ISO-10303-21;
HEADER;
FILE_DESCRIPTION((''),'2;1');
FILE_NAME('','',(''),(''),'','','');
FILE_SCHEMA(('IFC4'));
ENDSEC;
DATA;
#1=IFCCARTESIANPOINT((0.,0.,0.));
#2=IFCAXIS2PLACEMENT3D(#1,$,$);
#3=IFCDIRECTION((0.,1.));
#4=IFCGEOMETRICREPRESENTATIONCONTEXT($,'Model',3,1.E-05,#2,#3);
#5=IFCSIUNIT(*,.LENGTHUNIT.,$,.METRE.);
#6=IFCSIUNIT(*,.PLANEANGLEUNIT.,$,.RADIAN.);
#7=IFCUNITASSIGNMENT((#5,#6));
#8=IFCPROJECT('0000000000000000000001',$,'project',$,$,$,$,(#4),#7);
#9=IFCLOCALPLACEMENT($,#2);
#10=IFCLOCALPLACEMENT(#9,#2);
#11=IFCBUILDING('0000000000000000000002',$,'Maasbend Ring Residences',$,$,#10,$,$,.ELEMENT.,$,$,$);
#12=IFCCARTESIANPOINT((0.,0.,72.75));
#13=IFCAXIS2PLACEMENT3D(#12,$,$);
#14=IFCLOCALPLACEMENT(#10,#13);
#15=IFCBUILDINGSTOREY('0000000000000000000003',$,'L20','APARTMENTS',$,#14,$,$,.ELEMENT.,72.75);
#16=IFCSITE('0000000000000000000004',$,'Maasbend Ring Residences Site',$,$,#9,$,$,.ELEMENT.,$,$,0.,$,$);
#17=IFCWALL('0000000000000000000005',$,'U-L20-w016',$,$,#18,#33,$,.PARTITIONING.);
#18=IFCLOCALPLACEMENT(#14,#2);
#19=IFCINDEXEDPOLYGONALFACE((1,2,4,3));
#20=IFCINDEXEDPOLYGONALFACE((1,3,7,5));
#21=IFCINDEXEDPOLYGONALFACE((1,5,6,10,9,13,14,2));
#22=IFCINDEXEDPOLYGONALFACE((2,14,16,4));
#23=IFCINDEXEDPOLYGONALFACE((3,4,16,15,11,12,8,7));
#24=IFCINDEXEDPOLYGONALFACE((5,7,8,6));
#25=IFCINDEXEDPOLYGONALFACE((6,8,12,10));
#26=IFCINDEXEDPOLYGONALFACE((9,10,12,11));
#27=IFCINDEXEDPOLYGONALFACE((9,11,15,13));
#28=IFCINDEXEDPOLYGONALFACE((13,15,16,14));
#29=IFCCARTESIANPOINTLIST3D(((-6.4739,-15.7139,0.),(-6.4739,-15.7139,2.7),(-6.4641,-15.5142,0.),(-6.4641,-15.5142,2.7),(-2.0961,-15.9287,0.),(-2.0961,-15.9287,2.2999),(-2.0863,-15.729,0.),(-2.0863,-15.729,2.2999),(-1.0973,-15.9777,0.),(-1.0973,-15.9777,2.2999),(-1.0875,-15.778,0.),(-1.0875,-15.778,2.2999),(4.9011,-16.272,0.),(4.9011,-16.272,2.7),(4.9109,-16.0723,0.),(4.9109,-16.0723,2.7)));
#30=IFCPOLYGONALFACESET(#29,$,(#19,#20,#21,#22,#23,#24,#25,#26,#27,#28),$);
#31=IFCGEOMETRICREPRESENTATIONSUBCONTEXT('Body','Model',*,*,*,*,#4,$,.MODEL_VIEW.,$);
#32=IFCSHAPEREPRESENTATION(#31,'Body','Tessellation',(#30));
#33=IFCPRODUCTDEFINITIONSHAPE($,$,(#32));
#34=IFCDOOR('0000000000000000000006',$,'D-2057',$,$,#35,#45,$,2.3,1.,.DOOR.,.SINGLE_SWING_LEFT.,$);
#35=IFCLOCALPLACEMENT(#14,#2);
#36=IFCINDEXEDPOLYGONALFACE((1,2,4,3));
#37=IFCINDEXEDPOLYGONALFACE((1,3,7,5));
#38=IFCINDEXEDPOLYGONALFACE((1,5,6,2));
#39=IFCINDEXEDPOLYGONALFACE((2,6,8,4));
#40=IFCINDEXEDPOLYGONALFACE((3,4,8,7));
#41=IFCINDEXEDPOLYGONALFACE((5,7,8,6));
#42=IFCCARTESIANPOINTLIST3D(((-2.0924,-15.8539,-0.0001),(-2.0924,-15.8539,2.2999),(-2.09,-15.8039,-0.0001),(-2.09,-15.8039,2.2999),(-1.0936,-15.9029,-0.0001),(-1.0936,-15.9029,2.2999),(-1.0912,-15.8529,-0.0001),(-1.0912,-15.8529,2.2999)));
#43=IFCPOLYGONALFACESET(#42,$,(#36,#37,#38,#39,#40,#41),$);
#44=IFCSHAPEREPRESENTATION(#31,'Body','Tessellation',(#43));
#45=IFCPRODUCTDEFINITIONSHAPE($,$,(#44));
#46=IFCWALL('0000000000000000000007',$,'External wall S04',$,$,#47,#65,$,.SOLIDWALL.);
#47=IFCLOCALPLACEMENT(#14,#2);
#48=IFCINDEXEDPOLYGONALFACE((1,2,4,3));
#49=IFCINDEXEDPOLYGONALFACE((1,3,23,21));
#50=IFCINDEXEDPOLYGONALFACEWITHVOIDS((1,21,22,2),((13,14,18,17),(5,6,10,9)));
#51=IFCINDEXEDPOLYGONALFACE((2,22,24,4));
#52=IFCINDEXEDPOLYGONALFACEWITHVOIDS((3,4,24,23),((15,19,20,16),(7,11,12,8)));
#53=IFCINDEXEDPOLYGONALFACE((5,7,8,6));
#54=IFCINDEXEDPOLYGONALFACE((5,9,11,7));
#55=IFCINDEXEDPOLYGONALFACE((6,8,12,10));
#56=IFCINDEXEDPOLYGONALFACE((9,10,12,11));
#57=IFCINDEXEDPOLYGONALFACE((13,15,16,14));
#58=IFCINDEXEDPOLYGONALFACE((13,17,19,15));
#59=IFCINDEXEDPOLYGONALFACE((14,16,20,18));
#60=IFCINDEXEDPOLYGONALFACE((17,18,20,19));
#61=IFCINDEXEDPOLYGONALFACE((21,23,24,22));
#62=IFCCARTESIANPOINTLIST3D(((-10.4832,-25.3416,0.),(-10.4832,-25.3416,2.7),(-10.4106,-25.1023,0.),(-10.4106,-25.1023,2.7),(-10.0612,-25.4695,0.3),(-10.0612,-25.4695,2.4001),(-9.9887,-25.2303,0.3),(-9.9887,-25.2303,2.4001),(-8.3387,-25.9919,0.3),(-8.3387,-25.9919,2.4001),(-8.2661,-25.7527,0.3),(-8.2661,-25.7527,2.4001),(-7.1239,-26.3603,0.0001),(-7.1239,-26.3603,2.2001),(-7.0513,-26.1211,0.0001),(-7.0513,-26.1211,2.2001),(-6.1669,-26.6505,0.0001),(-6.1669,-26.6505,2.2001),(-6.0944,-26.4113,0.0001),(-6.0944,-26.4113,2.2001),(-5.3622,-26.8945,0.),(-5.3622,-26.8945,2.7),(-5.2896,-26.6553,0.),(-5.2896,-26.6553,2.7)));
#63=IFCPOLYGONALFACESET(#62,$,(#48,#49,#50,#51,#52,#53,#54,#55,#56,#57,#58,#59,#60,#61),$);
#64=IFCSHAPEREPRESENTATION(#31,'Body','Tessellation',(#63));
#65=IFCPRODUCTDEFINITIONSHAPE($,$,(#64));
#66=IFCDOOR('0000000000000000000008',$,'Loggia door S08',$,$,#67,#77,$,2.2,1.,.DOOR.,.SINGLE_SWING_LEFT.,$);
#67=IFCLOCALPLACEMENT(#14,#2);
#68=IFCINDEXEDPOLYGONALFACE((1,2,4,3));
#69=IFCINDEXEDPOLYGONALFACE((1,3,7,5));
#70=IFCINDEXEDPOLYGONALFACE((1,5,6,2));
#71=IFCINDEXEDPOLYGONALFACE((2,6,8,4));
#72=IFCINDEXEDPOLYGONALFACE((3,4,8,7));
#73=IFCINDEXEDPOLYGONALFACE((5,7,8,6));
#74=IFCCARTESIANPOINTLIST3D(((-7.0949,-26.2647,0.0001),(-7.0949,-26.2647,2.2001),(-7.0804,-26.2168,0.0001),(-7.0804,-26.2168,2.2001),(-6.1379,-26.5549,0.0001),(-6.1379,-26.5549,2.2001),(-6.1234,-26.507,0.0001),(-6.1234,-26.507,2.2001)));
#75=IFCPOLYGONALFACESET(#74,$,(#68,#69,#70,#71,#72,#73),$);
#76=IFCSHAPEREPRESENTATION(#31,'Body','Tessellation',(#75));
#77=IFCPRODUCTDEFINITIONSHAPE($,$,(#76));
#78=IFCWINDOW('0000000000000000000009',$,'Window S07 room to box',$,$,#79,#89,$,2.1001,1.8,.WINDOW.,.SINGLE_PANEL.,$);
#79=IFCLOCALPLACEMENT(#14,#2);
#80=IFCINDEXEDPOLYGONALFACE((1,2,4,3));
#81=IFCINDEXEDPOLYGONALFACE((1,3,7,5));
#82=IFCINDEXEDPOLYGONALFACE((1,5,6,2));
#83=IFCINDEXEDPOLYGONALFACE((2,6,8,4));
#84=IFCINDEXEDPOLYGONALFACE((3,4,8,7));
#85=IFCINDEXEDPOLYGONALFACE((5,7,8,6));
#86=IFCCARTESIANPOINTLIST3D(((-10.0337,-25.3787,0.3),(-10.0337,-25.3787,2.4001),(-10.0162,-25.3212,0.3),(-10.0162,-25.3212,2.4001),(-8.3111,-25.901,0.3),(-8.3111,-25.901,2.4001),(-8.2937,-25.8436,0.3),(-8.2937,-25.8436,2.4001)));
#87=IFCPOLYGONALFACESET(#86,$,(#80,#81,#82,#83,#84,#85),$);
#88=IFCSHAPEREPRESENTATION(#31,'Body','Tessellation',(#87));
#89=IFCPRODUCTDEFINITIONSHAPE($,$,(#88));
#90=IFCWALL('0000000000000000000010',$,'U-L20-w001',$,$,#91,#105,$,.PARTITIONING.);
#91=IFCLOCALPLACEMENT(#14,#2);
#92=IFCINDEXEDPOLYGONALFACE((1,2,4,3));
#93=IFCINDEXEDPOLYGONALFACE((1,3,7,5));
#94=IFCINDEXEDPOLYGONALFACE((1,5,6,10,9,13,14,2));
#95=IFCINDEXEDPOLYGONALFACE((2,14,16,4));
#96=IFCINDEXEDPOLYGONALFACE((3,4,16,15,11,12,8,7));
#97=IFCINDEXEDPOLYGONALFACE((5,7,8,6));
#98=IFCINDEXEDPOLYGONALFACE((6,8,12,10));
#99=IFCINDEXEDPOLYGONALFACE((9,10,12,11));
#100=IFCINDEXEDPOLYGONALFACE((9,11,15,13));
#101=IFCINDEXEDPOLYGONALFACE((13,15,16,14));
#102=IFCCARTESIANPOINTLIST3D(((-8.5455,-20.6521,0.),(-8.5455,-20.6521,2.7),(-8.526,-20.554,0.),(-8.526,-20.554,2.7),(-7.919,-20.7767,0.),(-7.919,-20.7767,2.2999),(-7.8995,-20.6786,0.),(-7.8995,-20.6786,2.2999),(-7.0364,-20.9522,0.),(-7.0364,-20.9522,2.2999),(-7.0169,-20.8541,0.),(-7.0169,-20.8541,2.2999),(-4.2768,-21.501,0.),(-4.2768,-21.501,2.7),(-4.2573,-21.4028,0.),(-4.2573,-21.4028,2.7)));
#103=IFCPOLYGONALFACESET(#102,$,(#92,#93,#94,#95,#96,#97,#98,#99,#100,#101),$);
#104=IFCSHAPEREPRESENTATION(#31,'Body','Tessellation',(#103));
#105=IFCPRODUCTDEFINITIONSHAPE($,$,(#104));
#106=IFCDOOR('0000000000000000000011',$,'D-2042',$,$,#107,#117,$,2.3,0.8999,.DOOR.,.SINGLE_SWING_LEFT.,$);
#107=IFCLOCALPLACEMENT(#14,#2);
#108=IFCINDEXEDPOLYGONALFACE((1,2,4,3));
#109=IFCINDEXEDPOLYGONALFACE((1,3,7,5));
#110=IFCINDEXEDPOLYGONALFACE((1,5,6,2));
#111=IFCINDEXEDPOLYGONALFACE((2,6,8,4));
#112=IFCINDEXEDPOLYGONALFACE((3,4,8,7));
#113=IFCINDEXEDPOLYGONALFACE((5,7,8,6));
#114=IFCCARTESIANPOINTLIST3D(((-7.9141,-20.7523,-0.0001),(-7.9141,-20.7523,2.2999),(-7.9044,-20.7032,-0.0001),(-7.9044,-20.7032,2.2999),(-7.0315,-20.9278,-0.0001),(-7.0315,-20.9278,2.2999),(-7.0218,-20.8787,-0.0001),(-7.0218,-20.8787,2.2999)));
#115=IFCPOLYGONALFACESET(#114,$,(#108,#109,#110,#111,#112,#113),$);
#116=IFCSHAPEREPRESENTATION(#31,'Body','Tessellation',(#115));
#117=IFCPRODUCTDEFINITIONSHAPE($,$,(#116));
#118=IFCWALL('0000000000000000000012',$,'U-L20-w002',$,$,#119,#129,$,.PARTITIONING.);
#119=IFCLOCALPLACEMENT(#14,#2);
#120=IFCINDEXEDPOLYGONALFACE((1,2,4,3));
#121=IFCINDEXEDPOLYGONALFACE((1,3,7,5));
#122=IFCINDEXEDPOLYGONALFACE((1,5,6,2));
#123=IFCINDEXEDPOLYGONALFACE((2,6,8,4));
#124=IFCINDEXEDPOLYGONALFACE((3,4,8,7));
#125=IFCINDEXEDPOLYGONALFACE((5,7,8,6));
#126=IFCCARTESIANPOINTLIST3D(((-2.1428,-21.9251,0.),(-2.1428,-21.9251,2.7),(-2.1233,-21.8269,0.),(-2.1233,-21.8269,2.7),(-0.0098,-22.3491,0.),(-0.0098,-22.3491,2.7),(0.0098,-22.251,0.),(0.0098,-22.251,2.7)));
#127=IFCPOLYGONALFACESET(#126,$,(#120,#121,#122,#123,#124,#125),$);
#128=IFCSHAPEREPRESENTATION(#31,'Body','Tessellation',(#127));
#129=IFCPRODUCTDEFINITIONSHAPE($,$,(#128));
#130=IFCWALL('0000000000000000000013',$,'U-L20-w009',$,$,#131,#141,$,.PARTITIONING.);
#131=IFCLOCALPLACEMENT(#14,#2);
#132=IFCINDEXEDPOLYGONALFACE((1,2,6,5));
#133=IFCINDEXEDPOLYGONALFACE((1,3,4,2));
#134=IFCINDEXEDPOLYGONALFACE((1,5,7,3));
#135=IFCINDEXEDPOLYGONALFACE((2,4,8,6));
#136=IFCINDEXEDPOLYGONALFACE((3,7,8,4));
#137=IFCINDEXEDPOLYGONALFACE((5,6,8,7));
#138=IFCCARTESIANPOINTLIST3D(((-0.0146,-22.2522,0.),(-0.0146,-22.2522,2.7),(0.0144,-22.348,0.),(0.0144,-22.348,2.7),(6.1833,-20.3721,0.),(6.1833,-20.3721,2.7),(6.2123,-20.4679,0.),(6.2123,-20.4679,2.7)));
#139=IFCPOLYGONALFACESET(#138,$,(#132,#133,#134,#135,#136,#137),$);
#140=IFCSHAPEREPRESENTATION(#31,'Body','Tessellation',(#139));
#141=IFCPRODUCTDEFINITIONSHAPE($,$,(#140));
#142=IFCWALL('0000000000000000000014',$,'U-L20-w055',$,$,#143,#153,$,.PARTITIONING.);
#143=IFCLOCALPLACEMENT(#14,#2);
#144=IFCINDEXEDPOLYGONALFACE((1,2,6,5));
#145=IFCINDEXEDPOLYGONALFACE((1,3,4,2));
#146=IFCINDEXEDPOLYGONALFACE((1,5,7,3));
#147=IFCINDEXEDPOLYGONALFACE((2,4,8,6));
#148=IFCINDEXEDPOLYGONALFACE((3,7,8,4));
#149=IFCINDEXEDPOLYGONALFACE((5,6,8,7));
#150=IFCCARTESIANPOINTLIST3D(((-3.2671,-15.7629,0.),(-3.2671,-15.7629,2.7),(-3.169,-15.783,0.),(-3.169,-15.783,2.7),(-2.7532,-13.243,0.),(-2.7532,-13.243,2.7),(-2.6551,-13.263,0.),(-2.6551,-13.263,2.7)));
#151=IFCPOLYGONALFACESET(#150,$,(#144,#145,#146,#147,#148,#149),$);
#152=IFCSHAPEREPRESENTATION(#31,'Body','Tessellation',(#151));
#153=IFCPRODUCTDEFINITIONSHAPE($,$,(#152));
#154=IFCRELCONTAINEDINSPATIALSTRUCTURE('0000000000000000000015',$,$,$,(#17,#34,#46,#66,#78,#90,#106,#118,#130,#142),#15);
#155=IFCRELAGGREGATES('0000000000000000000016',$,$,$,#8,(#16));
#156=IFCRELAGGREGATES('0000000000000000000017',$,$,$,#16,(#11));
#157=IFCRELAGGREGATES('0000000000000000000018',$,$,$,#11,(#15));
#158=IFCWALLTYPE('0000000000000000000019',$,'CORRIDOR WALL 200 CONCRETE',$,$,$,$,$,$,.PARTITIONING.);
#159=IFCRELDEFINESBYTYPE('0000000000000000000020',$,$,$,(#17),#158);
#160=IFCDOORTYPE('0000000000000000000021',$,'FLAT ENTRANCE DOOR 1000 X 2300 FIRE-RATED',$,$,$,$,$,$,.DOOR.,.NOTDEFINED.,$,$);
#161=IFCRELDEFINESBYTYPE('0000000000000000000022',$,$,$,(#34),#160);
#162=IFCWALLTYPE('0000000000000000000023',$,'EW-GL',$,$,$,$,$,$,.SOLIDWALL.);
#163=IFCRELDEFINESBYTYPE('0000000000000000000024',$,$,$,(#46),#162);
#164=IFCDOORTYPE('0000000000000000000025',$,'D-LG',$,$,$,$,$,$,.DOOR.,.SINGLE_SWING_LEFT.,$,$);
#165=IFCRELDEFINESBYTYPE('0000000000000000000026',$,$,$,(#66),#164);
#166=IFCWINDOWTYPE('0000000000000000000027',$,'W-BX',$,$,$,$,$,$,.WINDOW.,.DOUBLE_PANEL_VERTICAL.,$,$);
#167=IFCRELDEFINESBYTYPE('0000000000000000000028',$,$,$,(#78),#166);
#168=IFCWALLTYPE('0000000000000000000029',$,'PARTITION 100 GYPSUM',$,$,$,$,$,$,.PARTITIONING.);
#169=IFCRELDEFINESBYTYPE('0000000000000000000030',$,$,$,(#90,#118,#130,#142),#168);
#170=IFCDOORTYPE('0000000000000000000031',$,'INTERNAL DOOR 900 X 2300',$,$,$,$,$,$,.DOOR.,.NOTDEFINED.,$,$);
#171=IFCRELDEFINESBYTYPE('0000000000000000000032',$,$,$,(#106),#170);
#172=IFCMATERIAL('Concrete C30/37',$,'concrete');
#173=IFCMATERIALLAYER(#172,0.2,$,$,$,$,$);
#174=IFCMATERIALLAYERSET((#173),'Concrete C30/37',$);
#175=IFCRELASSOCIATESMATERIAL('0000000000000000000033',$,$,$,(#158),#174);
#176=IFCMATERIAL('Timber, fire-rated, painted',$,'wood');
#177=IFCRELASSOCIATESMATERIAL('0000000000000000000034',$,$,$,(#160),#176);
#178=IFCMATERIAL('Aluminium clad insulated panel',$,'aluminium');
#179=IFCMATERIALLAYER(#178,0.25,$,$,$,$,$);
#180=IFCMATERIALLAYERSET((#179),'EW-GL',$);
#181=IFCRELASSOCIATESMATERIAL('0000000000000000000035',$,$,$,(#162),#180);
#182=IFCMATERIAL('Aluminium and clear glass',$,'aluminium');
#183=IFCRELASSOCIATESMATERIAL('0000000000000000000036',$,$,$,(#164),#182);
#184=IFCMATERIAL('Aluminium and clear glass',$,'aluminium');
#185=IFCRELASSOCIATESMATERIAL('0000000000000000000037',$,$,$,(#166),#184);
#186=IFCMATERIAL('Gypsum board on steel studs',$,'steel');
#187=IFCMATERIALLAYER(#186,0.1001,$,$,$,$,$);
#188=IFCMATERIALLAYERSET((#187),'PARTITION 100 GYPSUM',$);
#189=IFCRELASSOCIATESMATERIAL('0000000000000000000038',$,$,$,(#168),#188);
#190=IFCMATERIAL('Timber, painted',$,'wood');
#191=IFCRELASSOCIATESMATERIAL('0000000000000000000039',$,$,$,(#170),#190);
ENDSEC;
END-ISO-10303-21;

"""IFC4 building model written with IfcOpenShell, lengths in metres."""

from ifc_helpers import new_model, si_unit, direction, frame, frame_2d, origin, place, context, subcontext, project, spatial, rectangle, extrude, material, layer, layer_set, type_object, element, fill, save


model = new_model("IFC4")

# Units and contexts
model_context = context("Model", 3, precision=1e-05, world=origin(), true_north=direction((0.0, 1.0)))
body_context = subcontext(model_context, "Body", "Model", "MODEL_VIEW")
ifc_project = project(units=[si_unit("LENGTHUNIT", "METRE"), si_unit("PLANEANGLEUNIT", "RADIAN")], contexts=[model_context])

# Site, building, storey
site_placement = place(None, origin())
site = spatial("IfcSite", under=ifc_project, at=site_placement, Name="Maasbend Ring Residences Site", CompositionType="ELEMENT", RefElevation=0.0)
building_placement = place(site_placement, origin())
building = spatial("IfcBuilding", under=site, at=building_placement, Name="Maasbend Ring Residences", CompositionType="ELEMENT")
storey_placement = place(building_placement, frame((0.0, 0.0, 72.75)))
storey = spatial("IfcBuildingStorey", under=building, at=storey_placement, Name="L20", Description="APARTMENTS", CompositionType="ELEMENT", Elevation=72.75)

# Wall, opening, door
ifc_material_1 = material(Name="Concrete C30/37", Category="concrete")
ifc_layer_1 = layer(ifc_material_1, 0.2)
ifc_layer_set_1 = layer_set([ifc_layer_1], Name="Concrete C30/37")
wall_type_1 = type_object("IfcWallType", Name="CORRIDOR WALL 200 CONCRETE", PredefinedType="PARTITIONING", material=ifc_layer_set_1)
ifc_material_2 = material(Name="Timber, fire-rated, painted", Category="wood")
door_type_1 = type_object("IfcDoorType", Name="FLAT ENTRANCE DOOR 1000 X 2300 FIRE-RATED", OperationType="NOTDEFINED", PredefinedType="DOOR", material=ifc_material_2)
wall_1_placement = place(storey_placement, frame((-6.469, -15.614, 0.0), z_axis=(0.0, 0.0, 1.0), x_axis=(0.998799, -0.049005, 0.0)))
wall_1 = element("IfcWall", 1, at=wall_1_placement, inside=storey, type_object=wall_type_1, Name="U-L20-w016", PredefinedType="PARTITIONING", context=body_context, shape_type="SweptSolid", body=[
    extrude(rectangle(XDim=11.3887, YDim=0.2, at=frame_2d((5.6943, 0.0))), origin(), (0.0, 0.0, 1.0), 2.7),
])
opening_1_placement = place(wall_1_placement, frame((4.3831, 0.0, 0.0)))
opening_1 = element("IfcOpeningElement", 2, at=opening_1_placement, cuts=wall_1, PredefinedType="OPENING", context=body_context, shape_type="SweptSolid", body=[
    extrude(rectangle(XDim=1.0, YDim=2.3, at=frame_2d((0.5, 1.1499))), frame((0.0, 0.1099, 0.0), z_axis=(0.0, -1.0, 0.0), x_axis=(1.0, 0.0, 0.0)), (0.0, 0.0, 1.0), 0.22),
])
door_1_placement = place(opening_1_placement, origin())
door_1 = element("IfcDoor", 3, at=door_1_placement, inside=storey, type_object=door_type_1, Name="D-2057", OperationType="SINGLE_SWING_LEFT", OverallHeight=2.3, OverallWidth=1.0, PredefinedType="DOOR", context=body_context, shape_type="SweptSolid", body=[
    extrude(rectangle(XDim=1.0, YDim=2.3, at=frame_2d((0.5, 1.1499))), frame((0.0, 0.0249, 0.0), z_axis=(0.0, -1.0, 0.0), x_axis=(1.0, 0.0, 0.0)), (0.0, 0.0, 1.0), 0.05),
])
fill(opening_1, door_1)

# Wall, openings, door, window
ifc_material_3 = material(Name="Aluminium clad insulated panel", Category="aluminium")
ifc_layer_2 = layer(ifc_material_3, 0.25)
ifc_layer_set_2 = layer_set([ifc_layer_2], Name="EW-GL")
wall_type_2 = type_object("IfcWallType", Name="EW-GL", PredefinedType="SOLIDWALL", material=ifc_layer_set_2)
wall_2_placement = place(storey_placement, frame((-10.447, -25.2219, 0.0), z_axis=(0.0, 0.0, 1.0), x_axis=(0.956966, -0.290201, 0.0)))
wall_2 = element("IfcWall", 4, at=wall_2_placement, inside=storey, type_object=wall_type_2, Name="External wall S04", PredefinedType="SOLIDWALL", context=body_context, shape_type="SweptSolid", body=[
    extrude(rectangle(XDim=5.3513, YDim=0.25, at=frame_2d((2.6758, 0.0))), origin(), (0.0, 0.0, 1.0), 2.7),
])
opening_2_placement = place(wall_2_placement, frame((0.4412, 0.0, 0.3)))
opening_2 = element("IfcOpeningElement", 5, at=opening_2_placement, cuts=wall_2, PredefinedType="OPENING", context=body_context, shape_type="SweptSolid", body=[
    extrude(rectangle(XDim=1.8, YDim=2.1001, at=frame_2d((0.8999, 1.05))), frame((0.0, 0.135, 0.0), z_axis=(0.0, -1.0, 0.0), x_axis=(1.0, 0.0, 0.0)), (0.0, 0.0, 1.0), 0.27),
])
opening_3_placement = place(wall_2_placement, frame((3.5105, 0.0, 0.0)))
opening_3 = element("IfcOpeningElement", 6, at=opening_3_placement, cuts=wall_2, PredefinedType="OPENING", context=body_context, shape_type="SweptSolid", body=[
    extrude(rectangle(XDim=1.0, YDim=2.2, at=frame_2d((0.5, 1.1001))), frame((0.0, 0.135, 0.0), z_axis=(0.0, -1.0, 0.0), x_axis=(1.0, 0.0, 0.0)), (0.0, 0.0, 1.0), 0.27),
])
ifc_material_4 = material(Name="Aluminium and clear glass", Category="aluminium")
door_type_2 = type_object("IfcDoorType", Name="D-LG", OperationType="SINGLE_SWING_LEFT", PredefinedType="DOOR", material=ifc_material_4)
door_2_placement = place(opening_3_placement, origin())
door_2 = element("IfcDoor", 7, at=door_2_placement, inside=storey, type_object=door_type_2, Name="Loggia door S08", OperationType="SINGLE_SWING_LEFT", OverallHeight=2.2, OverallWidth=1.0, PredefinedType="DOOR", context=body_context, shape_type="SweptSolid", body=[
    extrude(rectangle(XDim=1.0, YDim=2.2, at=frame_2d((0.5, 1.1001))), frame((0.0, 0.0249, 0.0), z_axis=(0.0, -1.0, 0.0), x_axis=(1.0, 0.0, 0.0)), (0.0, 0.0, 1.0), 0.05),
])
fill(opening_3, door_2)
ifc_material_5 = material(Name="Aluminium and clear glass", Category="aluminium")
window_type = type_object("IfcWindowType", Name="W-BX", PartitioningType="DOUBLE_PANEL_VERTICAL", PredefinedType="WINDOW", material=ifc_material_5)
window_placement = place(opening_2_placement, origin())
window = element("IfcWindow", 8, at=window_placement, inside=storey, type_object=window_type, Name="Window S07 room to box", OverallHeight=2.1001, OverallWidth=1.8, PartitioningType="SINGLE_PANEL", PredefinedType="WINDOW", context=body_context, shape_type="SweptSolid", body=[
    extrude(rectangle(XDim=1.8, YDim=2.1001, at=frame_2d((0.8999, 1.05))), frame((0.0, 0.03, 0.0), z_axis=(0.0, -1.0, 0.0), x_axis=(1.0, 0.0, 0.0)), (0.0, 0.0, 1.0), 0.0601),
])
fill(opening_2, window)

# Wall, opening, door
ifc_material_6 = material(Name="Gypsum board on steel studs", Category="steel")
ifc_layer_3 = layer(ifc_material_6, 0.1001)
ifc_layer_set_3 = layer_set([ifc_layer_3], Name="PARTITION 100 GYPSUM")
wall_type_3 = type_object("IfcWallType", Name="PARTITION 100 GYPSUM", PredefinedType="PARTITIONING", material=ifc_layer_set_3)
wall_3_placement = place(storey_placement, frame((-8.5359, -20.603, 0.0), z_axis=(0.0, 0.0, 1.0), x_axis=(0.980796, -0.195037, 0.0)))
wall_3 = element("IfcWall", 9, at=wall_3_placement, inside=storey, type_object=wall_type_3, Name="U-L20-w001", PredefinedType="PARTITIONING", context=body_context, shape_type="SweptSolid", body=[
    extrude(rectangle(XDim=4.3523, YDim=0.1001, at=frame_2d((2.1763, 0.0))), origin(), (0.0, 0.0, 1.0), 2.7),
])
opening_4_placement = place(wall_3_placement, frame((0.6389, 0.0, 0.0)))
opening_4 = element("IfcOpeningElement", 10, at=opening_4_placement, cuts=wall_3, PredefinedType="OPENING", context=body_context, shape_type="SweptSolid", body=[
    extrude(rectangle(XDim=0.8999, YDim=2.3, at=frame_2d((0.45, 1.1499))), frame((0.0, 0.0601, 0.0), z_axis=(0.0, -1.0, 0.0), x_axis=(1.0, 0.0, 0.0)), (0.0, 0.0, 1.0), 0.1201),
])
ifc_material_7 = material(Name="Timber, painted", Category="wood")
door_type_3 = type_object("IfcDoorType", Name="INTERNAL DOOR 900 X 2300", OperationType="NOTDEFINED", PredefinedType="DOOR", material=ifc_material_7)
door_3_placement = place(opening_4_placement, origin())
door_3 = element("IfcDoor", 11, at=door_3_placement, inside=storey, type_object=door_type_3, Name="D-2042", OperationType="SINGLE_SWING_LEFT", OverallHeight=2.3, OverallWidth=0.8999, PredefinedType="DOOR", context=body_context, shape_type="SweptSolid", body=[
    extrude(rectangle(XDim=0.8999, YDim=2.3, at=frame_2d((0.45, 1.1499))), frame((0.0, 0.0249, 0.0), z_axis=(0.0, -1.0, 0.0), x_axis=(1.0, 0.0, 0.0)), (0.0, 0.0, 1.0), 0.05),
])
fill(opening_4, door_3)

# Walls
wall_4_placement = place(storey_placement, frame((-2.1331, -21.876, 0.0), z_axis=(0.0, 0.0, 1.0), x_axis=(0.980805, -0.194993, 0.0)))
element("IfcWall", 12, at=wall_4_placement, inside=storey, type_object=wall_type_3, Name="U-L20-w002", PredefinedType="PARTITIONING", context=body_context, shape_type="SweptSolid", body=[
    extrude(rectangle(XDim=2.1748, YDim=0.1001, at=frame_2d((1.0874, 0.0))), origin(), (0.0, 0.0, 1.0), 2.7),
])
wall_5_placement = place(storey_placement, frame((0.0, -22.3, 0.0), z_axis=(0.0, 0.0, 1.0), x_axis=(0.956941, 0.290283, 0.0)))
element("IfcWall", 13, at=wall_5_placement, inside=storey, type_object=wall_type_3, Name="U-L20-w009", PredefinedType="PARTITIONING", context=body_context, shape_type="SweptSolid", body=[
    extrude(rectangle(XDim=6.4768, YDim=0.1001, at=frame_2d((3.2383, 0.0))), origin(), (0.0, 0.0, 1.0), 2.7),
])
wall_6_placement = place(storey_placement, frame((-3.218, -15.7729, 0.0), z_axis=(0.0, 0.0, 1.0), x_axis=(0.199821, 0.979833, 0.0)))
element("IfcWall", 14, at=wall_6_placement, inside=storey, type_object=wall_type_3, Name="U-L20-w055", PredefinedType="PARTITIONING", context=body_context, shape_type="SweptSolid", body=[
    extrude(rectangle(XDim=2.5718, YDim=0.1001, at=frame_2d((1.2859, 0.0))), origin(), (0.0, 0.0, 1.0), 2.7),
])

save(model, "model.ifc")
